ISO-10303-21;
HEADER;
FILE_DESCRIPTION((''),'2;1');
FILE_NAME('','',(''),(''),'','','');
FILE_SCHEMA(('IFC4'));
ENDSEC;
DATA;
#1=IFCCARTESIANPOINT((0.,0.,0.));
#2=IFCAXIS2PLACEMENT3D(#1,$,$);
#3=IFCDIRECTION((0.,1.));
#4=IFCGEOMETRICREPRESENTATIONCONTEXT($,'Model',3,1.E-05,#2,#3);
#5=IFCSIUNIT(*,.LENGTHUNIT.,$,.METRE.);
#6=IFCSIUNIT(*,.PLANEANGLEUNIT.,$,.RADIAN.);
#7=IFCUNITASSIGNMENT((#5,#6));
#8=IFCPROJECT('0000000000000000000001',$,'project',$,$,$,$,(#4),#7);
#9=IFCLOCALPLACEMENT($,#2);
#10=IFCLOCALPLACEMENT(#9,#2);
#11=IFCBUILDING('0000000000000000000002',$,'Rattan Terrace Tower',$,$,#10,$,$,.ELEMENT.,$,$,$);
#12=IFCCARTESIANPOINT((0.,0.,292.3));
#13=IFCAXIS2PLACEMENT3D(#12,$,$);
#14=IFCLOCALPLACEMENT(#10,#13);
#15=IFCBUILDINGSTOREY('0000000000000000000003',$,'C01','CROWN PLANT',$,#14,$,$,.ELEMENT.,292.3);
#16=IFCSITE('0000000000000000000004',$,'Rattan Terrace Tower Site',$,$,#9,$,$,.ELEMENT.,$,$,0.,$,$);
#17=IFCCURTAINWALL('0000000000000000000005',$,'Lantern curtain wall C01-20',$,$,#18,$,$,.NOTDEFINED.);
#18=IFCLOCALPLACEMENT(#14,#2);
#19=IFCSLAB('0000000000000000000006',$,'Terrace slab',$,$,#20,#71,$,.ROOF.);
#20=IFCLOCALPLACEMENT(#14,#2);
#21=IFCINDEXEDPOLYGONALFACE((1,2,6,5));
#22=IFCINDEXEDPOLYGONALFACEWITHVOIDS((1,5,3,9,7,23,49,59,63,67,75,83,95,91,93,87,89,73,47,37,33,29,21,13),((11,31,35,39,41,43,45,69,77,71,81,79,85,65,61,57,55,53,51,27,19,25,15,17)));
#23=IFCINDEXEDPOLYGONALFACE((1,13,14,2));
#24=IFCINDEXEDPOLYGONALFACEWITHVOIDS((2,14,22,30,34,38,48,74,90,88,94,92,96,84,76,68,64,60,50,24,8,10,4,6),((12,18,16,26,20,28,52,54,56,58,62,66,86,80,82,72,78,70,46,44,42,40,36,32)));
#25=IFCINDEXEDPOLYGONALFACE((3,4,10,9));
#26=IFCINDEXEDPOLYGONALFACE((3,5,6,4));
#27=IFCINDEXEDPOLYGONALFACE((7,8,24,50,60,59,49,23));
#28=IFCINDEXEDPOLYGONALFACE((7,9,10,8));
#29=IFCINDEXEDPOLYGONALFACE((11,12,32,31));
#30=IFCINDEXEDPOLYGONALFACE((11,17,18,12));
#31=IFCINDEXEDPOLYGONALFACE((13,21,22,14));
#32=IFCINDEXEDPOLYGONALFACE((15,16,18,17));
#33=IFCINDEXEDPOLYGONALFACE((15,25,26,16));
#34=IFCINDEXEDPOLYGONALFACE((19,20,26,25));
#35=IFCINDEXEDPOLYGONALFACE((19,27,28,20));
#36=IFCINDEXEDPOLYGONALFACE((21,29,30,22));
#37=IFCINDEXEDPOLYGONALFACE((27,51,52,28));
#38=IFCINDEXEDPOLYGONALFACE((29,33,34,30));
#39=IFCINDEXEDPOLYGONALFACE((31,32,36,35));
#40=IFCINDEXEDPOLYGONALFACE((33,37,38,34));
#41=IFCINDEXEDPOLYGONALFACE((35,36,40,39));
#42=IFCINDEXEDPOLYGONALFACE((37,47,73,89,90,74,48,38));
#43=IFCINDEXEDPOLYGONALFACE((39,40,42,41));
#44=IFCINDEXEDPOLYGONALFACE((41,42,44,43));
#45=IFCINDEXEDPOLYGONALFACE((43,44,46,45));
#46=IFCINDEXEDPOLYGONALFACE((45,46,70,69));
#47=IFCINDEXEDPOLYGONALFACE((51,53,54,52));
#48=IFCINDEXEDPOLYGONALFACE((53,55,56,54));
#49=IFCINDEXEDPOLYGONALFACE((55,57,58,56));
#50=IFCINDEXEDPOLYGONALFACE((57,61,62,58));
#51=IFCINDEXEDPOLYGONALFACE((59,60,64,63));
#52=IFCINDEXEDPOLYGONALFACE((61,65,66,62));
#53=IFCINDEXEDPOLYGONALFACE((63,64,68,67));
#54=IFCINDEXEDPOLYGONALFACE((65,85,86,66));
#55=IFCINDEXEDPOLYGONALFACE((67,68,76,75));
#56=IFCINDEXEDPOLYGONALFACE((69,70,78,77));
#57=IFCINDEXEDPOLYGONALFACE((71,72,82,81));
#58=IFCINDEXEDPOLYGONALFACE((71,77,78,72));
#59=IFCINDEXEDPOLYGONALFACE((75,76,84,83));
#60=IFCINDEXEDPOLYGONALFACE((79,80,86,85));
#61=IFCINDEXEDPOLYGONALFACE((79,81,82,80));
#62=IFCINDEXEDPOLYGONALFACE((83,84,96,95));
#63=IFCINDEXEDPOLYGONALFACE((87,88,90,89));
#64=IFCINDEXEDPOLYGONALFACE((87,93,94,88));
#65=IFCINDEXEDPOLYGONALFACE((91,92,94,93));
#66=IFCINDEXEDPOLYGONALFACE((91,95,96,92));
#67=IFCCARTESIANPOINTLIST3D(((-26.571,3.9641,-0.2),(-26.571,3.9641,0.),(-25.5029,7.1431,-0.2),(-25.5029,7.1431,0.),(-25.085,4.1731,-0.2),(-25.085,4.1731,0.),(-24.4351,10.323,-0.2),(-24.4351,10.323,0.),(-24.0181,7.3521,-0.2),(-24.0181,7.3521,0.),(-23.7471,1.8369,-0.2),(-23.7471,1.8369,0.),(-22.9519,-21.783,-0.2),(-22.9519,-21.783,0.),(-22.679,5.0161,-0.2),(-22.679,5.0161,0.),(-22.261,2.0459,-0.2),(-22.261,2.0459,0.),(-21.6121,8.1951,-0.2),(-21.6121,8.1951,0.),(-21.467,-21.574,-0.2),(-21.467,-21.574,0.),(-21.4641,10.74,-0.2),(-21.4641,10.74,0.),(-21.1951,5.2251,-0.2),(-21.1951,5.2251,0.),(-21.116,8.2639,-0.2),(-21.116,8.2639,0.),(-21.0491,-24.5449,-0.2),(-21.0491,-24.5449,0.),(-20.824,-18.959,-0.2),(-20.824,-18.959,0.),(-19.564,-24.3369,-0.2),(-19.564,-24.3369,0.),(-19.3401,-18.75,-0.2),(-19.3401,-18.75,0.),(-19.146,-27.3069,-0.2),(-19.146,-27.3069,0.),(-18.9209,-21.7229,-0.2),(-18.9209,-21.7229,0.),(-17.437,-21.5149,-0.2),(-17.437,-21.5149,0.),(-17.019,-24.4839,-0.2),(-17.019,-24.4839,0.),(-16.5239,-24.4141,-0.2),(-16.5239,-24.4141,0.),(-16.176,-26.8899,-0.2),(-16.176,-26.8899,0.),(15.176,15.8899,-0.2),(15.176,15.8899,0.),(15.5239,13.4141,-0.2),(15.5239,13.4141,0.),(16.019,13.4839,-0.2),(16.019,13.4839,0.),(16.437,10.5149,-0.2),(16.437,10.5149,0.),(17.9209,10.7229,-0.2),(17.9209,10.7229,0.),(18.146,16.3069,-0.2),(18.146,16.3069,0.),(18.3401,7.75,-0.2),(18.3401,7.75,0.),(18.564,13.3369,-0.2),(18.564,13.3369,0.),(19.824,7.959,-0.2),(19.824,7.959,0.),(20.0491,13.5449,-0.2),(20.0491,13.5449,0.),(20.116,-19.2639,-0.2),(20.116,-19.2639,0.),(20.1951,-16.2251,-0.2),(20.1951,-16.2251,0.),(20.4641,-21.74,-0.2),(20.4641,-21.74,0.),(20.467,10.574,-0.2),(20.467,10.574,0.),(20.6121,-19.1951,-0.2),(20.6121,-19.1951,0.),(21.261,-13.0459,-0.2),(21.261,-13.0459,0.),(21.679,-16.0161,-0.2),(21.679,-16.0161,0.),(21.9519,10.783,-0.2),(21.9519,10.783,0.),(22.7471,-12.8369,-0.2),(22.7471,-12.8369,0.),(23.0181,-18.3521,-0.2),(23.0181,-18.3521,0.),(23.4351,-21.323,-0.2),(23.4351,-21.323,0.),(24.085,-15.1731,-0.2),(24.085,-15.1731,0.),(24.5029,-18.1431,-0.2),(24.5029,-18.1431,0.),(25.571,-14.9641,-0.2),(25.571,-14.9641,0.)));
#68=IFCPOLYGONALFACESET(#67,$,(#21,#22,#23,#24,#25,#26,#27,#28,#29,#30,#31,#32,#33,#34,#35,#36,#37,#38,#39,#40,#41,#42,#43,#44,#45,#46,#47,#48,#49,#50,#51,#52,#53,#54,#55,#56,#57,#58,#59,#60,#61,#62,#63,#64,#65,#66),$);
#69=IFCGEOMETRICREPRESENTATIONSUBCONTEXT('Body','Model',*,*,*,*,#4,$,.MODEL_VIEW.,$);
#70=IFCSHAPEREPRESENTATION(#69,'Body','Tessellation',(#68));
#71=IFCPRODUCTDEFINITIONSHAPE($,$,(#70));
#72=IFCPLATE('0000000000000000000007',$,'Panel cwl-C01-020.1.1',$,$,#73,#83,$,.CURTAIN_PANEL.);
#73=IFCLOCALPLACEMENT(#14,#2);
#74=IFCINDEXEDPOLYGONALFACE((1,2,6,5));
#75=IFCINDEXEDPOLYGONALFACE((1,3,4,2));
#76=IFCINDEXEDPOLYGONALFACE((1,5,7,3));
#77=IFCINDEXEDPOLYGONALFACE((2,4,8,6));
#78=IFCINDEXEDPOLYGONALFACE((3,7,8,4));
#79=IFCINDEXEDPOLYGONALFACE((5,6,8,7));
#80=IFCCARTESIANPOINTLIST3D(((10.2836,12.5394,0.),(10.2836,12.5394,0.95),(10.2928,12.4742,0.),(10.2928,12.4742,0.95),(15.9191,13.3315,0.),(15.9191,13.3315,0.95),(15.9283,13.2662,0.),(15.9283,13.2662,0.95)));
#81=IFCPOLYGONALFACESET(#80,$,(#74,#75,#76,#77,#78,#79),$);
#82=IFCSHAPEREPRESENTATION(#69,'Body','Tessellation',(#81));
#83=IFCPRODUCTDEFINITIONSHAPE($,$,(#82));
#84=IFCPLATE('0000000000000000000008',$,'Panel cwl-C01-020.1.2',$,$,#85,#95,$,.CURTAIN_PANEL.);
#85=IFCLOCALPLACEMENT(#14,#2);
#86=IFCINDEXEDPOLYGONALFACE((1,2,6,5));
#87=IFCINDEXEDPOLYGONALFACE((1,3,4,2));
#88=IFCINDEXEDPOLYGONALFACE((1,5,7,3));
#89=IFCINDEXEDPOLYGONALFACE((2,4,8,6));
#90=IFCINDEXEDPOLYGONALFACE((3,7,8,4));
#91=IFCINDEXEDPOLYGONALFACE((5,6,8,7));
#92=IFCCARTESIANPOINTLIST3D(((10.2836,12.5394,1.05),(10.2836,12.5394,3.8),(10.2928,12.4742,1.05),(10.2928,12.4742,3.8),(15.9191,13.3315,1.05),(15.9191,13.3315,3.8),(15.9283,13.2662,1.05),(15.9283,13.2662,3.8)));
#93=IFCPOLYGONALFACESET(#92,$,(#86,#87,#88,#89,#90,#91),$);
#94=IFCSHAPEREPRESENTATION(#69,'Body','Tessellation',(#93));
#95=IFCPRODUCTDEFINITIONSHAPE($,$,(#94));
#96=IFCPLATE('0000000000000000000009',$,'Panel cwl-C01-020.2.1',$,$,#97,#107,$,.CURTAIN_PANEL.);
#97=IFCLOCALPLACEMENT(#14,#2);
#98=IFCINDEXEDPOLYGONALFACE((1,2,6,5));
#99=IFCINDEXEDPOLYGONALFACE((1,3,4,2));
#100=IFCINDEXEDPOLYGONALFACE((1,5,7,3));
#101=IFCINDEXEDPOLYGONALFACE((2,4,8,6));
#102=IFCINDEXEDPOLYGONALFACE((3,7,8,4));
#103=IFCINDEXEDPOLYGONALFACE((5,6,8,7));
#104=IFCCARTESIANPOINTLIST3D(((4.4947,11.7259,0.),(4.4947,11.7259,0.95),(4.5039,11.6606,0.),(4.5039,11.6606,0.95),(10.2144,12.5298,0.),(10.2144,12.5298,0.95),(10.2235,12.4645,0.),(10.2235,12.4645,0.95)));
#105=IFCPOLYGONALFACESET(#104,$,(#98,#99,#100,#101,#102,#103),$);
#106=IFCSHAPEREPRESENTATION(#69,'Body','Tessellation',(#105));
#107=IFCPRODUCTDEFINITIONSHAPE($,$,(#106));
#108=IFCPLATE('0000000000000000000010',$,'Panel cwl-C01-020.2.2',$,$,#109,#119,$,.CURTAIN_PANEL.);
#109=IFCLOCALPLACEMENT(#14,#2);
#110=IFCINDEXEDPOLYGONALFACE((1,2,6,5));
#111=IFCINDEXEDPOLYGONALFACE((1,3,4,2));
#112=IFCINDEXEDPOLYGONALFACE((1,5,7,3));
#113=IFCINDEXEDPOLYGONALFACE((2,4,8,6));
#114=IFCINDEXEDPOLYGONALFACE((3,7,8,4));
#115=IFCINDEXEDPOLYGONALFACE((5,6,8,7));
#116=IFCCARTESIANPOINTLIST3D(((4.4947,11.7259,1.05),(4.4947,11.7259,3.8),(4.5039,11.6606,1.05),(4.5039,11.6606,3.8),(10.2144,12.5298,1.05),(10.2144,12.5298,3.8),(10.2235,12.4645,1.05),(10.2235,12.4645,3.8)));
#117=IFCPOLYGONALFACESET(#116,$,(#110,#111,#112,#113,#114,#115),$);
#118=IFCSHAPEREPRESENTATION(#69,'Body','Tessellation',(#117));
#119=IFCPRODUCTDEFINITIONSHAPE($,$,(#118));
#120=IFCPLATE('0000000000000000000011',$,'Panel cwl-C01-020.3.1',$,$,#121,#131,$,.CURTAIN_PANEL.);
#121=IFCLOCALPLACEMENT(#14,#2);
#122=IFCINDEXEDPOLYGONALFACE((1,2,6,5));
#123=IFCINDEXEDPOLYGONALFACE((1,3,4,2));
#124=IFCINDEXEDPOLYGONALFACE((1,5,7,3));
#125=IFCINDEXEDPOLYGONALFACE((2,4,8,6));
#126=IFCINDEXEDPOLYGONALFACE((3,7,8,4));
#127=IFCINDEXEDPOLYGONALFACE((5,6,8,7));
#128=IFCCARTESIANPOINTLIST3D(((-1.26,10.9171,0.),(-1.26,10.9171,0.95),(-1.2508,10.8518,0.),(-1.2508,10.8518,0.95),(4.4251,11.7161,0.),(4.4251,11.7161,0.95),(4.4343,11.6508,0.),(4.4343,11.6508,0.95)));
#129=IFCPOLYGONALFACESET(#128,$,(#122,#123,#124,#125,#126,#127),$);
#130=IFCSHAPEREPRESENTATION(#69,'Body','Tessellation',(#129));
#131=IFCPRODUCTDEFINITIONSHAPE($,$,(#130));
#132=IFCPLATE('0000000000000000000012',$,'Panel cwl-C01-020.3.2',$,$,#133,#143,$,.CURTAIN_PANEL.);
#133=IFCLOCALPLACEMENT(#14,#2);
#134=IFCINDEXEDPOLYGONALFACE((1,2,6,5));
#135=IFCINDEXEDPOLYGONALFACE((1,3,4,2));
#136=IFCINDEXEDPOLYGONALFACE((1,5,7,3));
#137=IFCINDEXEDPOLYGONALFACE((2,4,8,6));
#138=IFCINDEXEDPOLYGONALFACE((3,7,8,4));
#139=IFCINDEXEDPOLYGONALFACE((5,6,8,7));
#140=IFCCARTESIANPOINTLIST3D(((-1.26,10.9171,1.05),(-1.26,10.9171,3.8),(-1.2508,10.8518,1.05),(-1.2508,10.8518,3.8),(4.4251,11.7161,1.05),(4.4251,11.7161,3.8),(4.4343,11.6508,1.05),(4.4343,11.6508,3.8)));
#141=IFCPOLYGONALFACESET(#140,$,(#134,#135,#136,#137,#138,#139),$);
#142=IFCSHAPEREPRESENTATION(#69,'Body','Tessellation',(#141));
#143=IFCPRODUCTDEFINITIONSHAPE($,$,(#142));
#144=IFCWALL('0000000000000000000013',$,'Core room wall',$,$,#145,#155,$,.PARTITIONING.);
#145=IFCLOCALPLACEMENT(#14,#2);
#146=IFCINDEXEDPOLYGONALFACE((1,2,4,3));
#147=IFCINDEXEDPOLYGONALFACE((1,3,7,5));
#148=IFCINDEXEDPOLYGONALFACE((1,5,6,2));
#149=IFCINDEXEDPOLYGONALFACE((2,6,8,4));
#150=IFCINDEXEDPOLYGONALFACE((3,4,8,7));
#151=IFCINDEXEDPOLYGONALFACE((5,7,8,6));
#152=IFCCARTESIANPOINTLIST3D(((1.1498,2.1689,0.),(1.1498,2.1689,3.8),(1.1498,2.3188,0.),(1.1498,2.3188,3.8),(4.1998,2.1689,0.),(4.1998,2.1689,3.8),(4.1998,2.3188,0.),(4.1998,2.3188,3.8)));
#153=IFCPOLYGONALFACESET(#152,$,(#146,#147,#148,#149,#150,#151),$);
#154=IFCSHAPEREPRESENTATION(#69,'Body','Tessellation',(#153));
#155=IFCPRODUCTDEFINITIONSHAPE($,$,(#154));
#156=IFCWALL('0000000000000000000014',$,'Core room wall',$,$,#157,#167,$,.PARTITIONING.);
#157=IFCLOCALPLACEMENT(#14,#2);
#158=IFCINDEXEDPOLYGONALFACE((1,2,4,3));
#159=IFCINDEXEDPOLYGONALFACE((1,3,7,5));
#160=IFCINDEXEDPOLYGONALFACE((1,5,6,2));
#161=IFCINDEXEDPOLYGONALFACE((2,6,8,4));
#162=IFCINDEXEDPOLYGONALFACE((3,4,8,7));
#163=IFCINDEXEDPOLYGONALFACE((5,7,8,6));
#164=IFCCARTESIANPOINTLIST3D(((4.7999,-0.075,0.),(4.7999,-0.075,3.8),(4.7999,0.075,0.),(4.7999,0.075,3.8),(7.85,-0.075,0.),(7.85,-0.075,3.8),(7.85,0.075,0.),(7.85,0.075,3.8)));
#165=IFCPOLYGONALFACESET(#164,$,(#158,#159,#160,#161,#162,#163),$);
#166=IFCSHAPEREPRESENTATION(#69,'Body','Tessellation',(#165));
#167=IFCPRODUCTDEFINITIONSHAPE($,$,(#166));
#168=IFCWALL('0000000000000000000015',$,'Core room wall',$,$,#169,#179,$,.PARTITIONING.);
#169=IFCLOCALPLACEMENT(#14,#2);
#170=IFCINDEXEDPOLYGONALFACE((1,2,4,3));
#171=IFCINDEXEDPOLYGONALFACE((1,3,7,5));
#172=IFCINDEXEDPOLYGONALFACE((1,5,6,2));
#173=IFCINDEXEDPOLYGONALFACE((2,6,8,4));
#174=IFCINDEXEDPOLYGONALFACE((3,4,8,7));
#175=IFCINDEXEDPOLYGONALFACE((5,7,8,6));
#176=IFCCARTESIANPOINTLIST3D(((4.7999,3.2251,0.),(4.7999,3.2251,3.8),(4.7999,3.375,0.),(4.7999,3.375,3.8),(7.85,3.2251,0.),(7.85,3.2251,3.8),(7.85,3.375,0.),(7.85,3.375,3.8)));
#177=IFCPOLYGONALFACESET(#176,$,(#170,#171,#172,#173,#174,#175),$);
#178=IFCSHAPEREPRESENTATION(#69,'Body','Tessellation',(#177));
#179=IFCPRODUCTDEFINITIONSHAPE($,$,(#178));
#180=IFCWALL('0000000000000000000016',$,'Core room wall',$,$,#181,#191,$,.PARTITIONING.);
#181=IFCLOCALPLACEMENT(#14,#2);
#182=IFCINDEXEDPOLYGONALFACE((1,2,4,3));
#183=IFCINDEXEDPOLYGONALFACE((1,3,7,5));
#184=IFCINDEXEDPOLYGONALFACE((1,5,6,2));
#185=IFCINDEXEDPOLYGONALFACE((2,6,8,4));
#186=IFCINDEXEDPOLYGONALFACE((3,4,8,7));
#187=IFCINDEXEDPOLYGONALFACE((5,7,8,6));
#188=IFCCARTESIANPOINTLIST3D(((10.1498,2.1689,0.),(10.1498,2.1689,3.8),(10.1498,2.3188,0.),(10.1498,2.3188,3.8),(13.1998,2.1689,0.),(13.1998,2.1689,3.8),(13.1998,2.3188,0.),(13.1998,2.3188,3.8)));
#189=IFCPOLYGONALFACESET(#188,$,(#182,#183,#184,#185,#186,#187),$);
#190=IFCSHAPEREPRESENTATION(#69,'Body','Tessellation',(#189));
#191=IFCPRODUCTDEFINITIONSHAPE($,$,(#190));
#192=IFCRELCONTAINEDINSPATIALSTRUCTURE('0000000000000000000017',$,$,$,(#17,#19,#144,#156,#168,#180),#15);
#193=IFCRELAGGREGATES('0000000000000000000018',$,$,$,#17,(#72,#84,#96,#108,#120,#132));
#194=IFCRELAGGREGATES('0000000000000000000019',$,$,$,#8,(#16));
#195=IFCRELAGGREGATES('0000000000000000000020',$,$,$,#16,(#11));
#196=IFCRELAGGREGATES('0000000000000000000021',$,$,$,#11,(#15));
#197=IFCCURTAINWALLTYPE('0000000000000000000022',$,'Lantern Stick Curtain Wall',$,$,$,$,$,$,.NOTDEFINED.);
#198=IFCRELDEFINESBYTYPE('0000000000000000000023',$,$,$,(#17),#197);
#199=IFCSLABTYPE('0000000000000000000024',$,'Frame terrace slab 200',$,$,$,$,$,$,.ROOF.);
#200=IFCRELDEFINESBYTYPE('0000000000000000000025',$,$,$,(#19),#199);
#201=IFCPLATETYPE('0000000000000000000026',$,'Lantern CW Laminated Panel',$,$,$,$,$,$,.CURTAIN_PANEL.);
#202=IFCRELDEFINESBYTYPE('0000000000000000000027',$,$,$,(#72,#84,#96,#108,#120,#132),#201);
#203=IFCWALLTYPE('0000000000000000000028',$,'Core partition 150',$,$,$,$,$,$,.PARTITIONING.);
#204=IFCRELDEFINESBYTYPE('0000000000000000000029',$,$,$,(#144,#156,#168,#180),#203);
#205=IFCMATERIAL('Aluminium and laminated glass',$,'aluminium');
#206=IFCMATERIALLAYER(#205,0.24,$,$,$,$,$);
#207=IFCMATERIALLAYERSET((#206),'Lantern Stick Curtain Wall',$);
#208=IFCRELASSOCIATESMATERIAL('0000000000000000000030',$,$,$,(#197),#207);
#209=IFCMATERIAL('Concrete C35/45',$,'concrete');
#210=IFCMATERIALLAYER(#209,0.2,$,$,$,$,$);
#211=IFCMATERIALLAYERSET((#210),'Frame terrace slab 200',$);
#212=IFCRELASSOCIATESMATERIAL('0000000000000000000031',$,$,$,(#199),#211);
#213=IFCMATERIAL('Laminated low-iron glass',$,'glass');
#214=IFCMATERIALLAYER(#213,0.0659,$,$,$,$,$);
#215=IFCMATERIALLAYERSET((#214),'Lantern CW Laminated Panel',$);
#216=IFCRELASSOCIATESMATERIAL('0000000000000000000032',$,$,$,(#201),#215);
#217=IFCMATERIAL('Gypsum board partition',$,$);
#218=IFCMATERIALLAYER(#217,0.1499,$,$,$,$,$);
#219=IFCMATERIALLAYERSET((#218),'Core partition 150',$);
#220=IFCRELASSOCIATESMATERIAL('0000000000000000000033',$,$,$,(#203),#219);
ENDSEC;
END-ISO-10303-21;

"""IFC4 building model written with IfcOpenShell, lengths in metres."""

from ifc_helpers import new_model, si_unit, direction, frame, frame_2d, origin, origin_2d, place, context, subcontext, project, spatial, polyline, rectangle, outline, extrude, material, layer, layer_set, type_object, element, aggregate, save


model = new_model("IFC4")

# Units and contexts
model_context = context("Model", 3, precision=1e-05, world=origin(), true_north=direction((0.0, 1.0)))
body_context = subcontext(model_context, "Body", "Model", "MODEL_VIEW")
ifc_project = project(units=[si_unit("LENGTHUNIT", "METRE"), si_unit("PLANEANGLEUNIT", "RADIAN")], contexts=[model_context])

# Site, building, storey
site_placement = place(None, origin())
site = spatial("IfcSite", under=ifc_project, at=site_placement, Name="Rattan Terrace Tower Site", CompositionType="ELEMENT", RefElevation=0.0)
building_placement = place(site_placement, origin())
building = spatial("IfcBuilding", under=site, at=building_placement, Name="Rattan Terrace Tower", CompositionType="ELEMENT")
storey_placement = place(building_placement, frame((0.0, 0.0, 292.3)))
storey = spatial("IfcBuildingStorey", under=building, at=storey_placement, Name="C01", Description="CROWN PLANT", CompositionType="ELEMENT", Elevation=292.3)

# Curtain wall
ifc_material_1 = material(Name="Aluminium and laminated glass", Category="aluminium")
ifc_layer_1 = layer(ifc_material_1, 0.24)
ifc_layer_set_1 = layer_set([ifc_layer_1], Name="Lantern Stick Curtain Wall")
curtain_wall_type = type_object("IfcCurtainWallType", Name="Lantern Stick Curtain Wall", PredefinedType="NOTDEFINED", material=ifc_layer_set_1)
curtain_wall_placement = place(storey_placement, origin())
curtain_wall = element("IfcCurtainWall", 1, at=curtain_wall_placement, inside=storey, type_object=curtain_wall_type, Name="Lantern curtain wall C01-20", PredefinedType="NOTDEFINED")

# Slab
ifc_material_2 = material(Name="Concrete C35/45", Category="concrete")
ifc_layer_2 = layer(ifc_material_2, 0.2)
ifc_layer_set_2 = layer_set([ifc_layer_2], Name="Frame terrace slab 200")
slab_type_1 = type_object("IfcSlabType", Name="Frame terrace slab 200", PredefinedType="ROOF", material=ifc_layer_set_2)
slab_1_placement = place(storey_placement, frame((0.0, 0.0, -0.2)))
element("IfcSlab", 2, at=slab_1_placement, inside=storey, type_object=slab_type_1, Name="Terrace slab", PredefinedType="ROOF", context=body_context, shape_type="SweptSolid", body=[
    extrude(outline(polyline([(-19.146, -27.3069), (-16.176, -26.8899), (20.4641, -21.74), (23.4351, -21.323), (23.0181, -18.3521), (24.5029, -18.1431), (24.085, -15.1731), (25.571, -14.9641), (21.9519, 10.783), (20.467, 10.574), (20.0491, 13.5449), (18.564, 13.3369), (18.146, 16.3069), (15.176, 15.8899), (-21.4641, 10.74), (-24.4351, 10.323), (-24.0181, 7.3521), (-25.5029, 7.1431), (-25.085, 4.1731), (-26.571, 3.9641), (-22.9519, -21.783), (-21.467, -21.574), (-21.0491, -24.5449), (-19.564, -24.3369), (-19.146, -27.3069)]), holes=[polyline([(-19.3401, -18.75), (-18.9209, -21.7229), (-17.437, -21.5149), (-17.019, -24.4839), (-16.5239, -24.4141), (20.116, -19.2639), (20.6121, -19.1951), (20.1951, -16.2251), (21.679, -16.0161), (21.261, -13.0459), (22.7471, -12.8369), (19.824, 7.959), (18.3401, 7.75), (17.9209, 10.7229), (16.437, 10.5149), (16.019, 13.4839), (15.5239, 13.4141), (-21.116, 8.2639), (-21.6121, 8.1951), (-21.1951, 5.2251), (-22.679, 5.0161), (-22.261, 2.0459), (-23.7471, 1.8369), (-20.824, -18.959), (-19.3401, -18.75)])]), origin(), (0.0, 0.0, 1.0), 0.2),
])

# Plates
ifc_material_3 = material(Name="Laminated low-iron glass", Category="glass")
ifc_layer_3 = layer(ifc_material_3, 0.0659)
ifc_layer_set_3 = layer_set([ifc_layer_3], Name="Lantern CW Laminated Panel")
plate_type = type_object("IfcPlateType", Name="Lantern CW Laminated Panel", PredefinedType="CURTAIN_PANEL", material=ifc_layer_set_3)
plate_1_placement = place(storey_placement, frame((13.106, 12.9028, 0.0), z_axis=(0.0, 0.0, 1.0), x_axis=(-0.990267, -0.139181, 0.0)))
plate_1 = element("IfcPlate", 3, at=plate_1_placement, type_object=plate_type, Name="Panel cwl-C01-020.1.1", PredefinedType="CURTAIN_PANEL", context=body_context, shape_type="SweptSolid", body=[
    extrude(rectangle(XDim=5.6909, YDim=0.0659, at=origin_2d()), origin(), (0.0, 0.0, 1.0), 0.95),
])
plate_2_placement = place(storey_placement, frame((13.106, 12.9028, 1.05), z_axis=(0.0, 0.0, 1.0), x_axis=(-0.990267, -0.139181, 0.0)))
plate_2 = element("IfcPlate", 4, at=plate_2_placement, type_object=plate_type, Name="Panel cwl-C01-020.1.2", PredefinedType="CURTAIN_PANEL", context=body_context, shape_type="SweptSolid", body=[
    extrude(rectangle(XDim=5.6909, YDim=0.0659, at=origin_2d()), origin(), (0.0, 0.0, 1.0), 2.75),
])
plate_3_placement = place(storey_placement, frame((7.3591, 12.0952, 0.0), z_axis=(0.0, 0.0, 1.0), x_axis=(-0.990267, -0.139181, 0.0)))
plate_3 = element("IfcPlate", 5, at=plate_3_placement, type_object=plate_type, Name="Panel cwl-C01-020.2.1", PredefinedType="CURTAIN_PANEL", context=body_context, shape_type="SweptSolid", body=[
    extrude(rectangle(XDim=5.7759, YDim=0.0659, at=origin_2d()), origin(), (0.0, 0.0, 1.0), 0.95),
])
plate_4_placement = place(storey_placement, frame((7.3591, 12.0952, 1.05), z_axis=(0.0, 0.0, 1.0), x_axis=(-0.990267, -0.139181, 0.0)))
plate_4 = element("IfcPlate", 6, at=plate_4_placement, type_object=plate_type, Name="Panel cwl-C01-020.2.2", PredefinedType="CURTAIN_PANEL", context=body_context, shape_type="SweptSolid", body=[
    extrude(rectangle(XDim=5.7759, YDim=0.0659, at=origin_2d()), origin(), (0.0, 0.0, 1.0), 2.75),
])
plate_5_placement = place(storey_placement, frame((1.5872, 11.2839, 0.0), z_axis=(0.0, 0.0, 1.0), x_axis=(-0.990267, -0.139181, 0.0)))
plate_5 = element("IfcPlate", 7, at=plate_5_placement, type_object=plate_type, Name="Panel cwl-C01-020.3.1", PredefinedType="CURTAIN_PANEL", context=body_context, shape_type="SweptSolid", body=[
    extrude(rectangle(XDim=5.741, YDim=0.0659, at=origin_2d()), origin(), (0.0, 0.0, 1.0), 0.95),
])
plate_6_placement = place(storey_placement, frame((1.5872, 11.2839, 1.05), z_axis=(0.0, 0.0, 1.0), x_axis=(-0.990267, -0.139181, 0.0)))
plate_6 = element("IfcPlate", 8, at=plate_6_placement, type_object=plate_type, Name="Panel cwl-C01-020.3.2", PredefinedType="CURTAIN_PANEL", context=body_context, shape_type="SweptSolid", body=[
    extrude(rectangle(XDim=5.741, YDim=0.0659, at=origin_2d()), origin(), (0.0, 0.0, 1.0), 2.75),
])
aggregate(curtain_wall, [plate_1, plate_2, plate_3, plate_4, plate_5, plate_6])

# Walls
ifc_material_4 = material(Name="Gypsum board partition")
ifc_layer_4 = layer(ifc_material_4, 0.1499)
ifc_layer_set_4 = layer_set([ifc_layer_4], Name="Core partition 150")
wall_type_1 = type_object("IfcWallType", Name="Core partition 150", PredefinedType="PARTITIONING", material=ifc_layer_set_4)
for number, where, z_axis, x_axis, name in (
    (9, (1.1499, 2.2439, 0.0), (0.0, 0.0, 1.0), (1.0, 0.0, 0.0), "Core room wall"),
    (10, (4.8, 0.0, 0.0), (0.0, 0.0, 1.0), (1.0, 0.0, 0.0), "Core room wall"),
    (11, (4.8, 3.3, 0.0), (0.0, 0.0, 1.0), (1.0, 0.0, 0.0), "Core room wall"),
    (12, (10.1499, 2.2439, 0.0), (0.0, 0.0, 1.0), (1.0, 0.0, 0.0), "Core room wall"),
):
    element("IfcWall", number, at=place(storey_placement, frame(where, z_axis=z_axis, x_axis=x_axis)), inside=storey, type_object=wall_type_1, Name=name, PredefinedType="PARTITIONING", context=body_context, shape_type="SweptSolid", body=[
        extrude(rectangle(XDim=3.05, YDim=0.1499, at=frame_2d((1.5249, 0.0))), origin(), (0.0, 0.0, 1.0), 3.8),
    ])

save(model, "model.ifc")
